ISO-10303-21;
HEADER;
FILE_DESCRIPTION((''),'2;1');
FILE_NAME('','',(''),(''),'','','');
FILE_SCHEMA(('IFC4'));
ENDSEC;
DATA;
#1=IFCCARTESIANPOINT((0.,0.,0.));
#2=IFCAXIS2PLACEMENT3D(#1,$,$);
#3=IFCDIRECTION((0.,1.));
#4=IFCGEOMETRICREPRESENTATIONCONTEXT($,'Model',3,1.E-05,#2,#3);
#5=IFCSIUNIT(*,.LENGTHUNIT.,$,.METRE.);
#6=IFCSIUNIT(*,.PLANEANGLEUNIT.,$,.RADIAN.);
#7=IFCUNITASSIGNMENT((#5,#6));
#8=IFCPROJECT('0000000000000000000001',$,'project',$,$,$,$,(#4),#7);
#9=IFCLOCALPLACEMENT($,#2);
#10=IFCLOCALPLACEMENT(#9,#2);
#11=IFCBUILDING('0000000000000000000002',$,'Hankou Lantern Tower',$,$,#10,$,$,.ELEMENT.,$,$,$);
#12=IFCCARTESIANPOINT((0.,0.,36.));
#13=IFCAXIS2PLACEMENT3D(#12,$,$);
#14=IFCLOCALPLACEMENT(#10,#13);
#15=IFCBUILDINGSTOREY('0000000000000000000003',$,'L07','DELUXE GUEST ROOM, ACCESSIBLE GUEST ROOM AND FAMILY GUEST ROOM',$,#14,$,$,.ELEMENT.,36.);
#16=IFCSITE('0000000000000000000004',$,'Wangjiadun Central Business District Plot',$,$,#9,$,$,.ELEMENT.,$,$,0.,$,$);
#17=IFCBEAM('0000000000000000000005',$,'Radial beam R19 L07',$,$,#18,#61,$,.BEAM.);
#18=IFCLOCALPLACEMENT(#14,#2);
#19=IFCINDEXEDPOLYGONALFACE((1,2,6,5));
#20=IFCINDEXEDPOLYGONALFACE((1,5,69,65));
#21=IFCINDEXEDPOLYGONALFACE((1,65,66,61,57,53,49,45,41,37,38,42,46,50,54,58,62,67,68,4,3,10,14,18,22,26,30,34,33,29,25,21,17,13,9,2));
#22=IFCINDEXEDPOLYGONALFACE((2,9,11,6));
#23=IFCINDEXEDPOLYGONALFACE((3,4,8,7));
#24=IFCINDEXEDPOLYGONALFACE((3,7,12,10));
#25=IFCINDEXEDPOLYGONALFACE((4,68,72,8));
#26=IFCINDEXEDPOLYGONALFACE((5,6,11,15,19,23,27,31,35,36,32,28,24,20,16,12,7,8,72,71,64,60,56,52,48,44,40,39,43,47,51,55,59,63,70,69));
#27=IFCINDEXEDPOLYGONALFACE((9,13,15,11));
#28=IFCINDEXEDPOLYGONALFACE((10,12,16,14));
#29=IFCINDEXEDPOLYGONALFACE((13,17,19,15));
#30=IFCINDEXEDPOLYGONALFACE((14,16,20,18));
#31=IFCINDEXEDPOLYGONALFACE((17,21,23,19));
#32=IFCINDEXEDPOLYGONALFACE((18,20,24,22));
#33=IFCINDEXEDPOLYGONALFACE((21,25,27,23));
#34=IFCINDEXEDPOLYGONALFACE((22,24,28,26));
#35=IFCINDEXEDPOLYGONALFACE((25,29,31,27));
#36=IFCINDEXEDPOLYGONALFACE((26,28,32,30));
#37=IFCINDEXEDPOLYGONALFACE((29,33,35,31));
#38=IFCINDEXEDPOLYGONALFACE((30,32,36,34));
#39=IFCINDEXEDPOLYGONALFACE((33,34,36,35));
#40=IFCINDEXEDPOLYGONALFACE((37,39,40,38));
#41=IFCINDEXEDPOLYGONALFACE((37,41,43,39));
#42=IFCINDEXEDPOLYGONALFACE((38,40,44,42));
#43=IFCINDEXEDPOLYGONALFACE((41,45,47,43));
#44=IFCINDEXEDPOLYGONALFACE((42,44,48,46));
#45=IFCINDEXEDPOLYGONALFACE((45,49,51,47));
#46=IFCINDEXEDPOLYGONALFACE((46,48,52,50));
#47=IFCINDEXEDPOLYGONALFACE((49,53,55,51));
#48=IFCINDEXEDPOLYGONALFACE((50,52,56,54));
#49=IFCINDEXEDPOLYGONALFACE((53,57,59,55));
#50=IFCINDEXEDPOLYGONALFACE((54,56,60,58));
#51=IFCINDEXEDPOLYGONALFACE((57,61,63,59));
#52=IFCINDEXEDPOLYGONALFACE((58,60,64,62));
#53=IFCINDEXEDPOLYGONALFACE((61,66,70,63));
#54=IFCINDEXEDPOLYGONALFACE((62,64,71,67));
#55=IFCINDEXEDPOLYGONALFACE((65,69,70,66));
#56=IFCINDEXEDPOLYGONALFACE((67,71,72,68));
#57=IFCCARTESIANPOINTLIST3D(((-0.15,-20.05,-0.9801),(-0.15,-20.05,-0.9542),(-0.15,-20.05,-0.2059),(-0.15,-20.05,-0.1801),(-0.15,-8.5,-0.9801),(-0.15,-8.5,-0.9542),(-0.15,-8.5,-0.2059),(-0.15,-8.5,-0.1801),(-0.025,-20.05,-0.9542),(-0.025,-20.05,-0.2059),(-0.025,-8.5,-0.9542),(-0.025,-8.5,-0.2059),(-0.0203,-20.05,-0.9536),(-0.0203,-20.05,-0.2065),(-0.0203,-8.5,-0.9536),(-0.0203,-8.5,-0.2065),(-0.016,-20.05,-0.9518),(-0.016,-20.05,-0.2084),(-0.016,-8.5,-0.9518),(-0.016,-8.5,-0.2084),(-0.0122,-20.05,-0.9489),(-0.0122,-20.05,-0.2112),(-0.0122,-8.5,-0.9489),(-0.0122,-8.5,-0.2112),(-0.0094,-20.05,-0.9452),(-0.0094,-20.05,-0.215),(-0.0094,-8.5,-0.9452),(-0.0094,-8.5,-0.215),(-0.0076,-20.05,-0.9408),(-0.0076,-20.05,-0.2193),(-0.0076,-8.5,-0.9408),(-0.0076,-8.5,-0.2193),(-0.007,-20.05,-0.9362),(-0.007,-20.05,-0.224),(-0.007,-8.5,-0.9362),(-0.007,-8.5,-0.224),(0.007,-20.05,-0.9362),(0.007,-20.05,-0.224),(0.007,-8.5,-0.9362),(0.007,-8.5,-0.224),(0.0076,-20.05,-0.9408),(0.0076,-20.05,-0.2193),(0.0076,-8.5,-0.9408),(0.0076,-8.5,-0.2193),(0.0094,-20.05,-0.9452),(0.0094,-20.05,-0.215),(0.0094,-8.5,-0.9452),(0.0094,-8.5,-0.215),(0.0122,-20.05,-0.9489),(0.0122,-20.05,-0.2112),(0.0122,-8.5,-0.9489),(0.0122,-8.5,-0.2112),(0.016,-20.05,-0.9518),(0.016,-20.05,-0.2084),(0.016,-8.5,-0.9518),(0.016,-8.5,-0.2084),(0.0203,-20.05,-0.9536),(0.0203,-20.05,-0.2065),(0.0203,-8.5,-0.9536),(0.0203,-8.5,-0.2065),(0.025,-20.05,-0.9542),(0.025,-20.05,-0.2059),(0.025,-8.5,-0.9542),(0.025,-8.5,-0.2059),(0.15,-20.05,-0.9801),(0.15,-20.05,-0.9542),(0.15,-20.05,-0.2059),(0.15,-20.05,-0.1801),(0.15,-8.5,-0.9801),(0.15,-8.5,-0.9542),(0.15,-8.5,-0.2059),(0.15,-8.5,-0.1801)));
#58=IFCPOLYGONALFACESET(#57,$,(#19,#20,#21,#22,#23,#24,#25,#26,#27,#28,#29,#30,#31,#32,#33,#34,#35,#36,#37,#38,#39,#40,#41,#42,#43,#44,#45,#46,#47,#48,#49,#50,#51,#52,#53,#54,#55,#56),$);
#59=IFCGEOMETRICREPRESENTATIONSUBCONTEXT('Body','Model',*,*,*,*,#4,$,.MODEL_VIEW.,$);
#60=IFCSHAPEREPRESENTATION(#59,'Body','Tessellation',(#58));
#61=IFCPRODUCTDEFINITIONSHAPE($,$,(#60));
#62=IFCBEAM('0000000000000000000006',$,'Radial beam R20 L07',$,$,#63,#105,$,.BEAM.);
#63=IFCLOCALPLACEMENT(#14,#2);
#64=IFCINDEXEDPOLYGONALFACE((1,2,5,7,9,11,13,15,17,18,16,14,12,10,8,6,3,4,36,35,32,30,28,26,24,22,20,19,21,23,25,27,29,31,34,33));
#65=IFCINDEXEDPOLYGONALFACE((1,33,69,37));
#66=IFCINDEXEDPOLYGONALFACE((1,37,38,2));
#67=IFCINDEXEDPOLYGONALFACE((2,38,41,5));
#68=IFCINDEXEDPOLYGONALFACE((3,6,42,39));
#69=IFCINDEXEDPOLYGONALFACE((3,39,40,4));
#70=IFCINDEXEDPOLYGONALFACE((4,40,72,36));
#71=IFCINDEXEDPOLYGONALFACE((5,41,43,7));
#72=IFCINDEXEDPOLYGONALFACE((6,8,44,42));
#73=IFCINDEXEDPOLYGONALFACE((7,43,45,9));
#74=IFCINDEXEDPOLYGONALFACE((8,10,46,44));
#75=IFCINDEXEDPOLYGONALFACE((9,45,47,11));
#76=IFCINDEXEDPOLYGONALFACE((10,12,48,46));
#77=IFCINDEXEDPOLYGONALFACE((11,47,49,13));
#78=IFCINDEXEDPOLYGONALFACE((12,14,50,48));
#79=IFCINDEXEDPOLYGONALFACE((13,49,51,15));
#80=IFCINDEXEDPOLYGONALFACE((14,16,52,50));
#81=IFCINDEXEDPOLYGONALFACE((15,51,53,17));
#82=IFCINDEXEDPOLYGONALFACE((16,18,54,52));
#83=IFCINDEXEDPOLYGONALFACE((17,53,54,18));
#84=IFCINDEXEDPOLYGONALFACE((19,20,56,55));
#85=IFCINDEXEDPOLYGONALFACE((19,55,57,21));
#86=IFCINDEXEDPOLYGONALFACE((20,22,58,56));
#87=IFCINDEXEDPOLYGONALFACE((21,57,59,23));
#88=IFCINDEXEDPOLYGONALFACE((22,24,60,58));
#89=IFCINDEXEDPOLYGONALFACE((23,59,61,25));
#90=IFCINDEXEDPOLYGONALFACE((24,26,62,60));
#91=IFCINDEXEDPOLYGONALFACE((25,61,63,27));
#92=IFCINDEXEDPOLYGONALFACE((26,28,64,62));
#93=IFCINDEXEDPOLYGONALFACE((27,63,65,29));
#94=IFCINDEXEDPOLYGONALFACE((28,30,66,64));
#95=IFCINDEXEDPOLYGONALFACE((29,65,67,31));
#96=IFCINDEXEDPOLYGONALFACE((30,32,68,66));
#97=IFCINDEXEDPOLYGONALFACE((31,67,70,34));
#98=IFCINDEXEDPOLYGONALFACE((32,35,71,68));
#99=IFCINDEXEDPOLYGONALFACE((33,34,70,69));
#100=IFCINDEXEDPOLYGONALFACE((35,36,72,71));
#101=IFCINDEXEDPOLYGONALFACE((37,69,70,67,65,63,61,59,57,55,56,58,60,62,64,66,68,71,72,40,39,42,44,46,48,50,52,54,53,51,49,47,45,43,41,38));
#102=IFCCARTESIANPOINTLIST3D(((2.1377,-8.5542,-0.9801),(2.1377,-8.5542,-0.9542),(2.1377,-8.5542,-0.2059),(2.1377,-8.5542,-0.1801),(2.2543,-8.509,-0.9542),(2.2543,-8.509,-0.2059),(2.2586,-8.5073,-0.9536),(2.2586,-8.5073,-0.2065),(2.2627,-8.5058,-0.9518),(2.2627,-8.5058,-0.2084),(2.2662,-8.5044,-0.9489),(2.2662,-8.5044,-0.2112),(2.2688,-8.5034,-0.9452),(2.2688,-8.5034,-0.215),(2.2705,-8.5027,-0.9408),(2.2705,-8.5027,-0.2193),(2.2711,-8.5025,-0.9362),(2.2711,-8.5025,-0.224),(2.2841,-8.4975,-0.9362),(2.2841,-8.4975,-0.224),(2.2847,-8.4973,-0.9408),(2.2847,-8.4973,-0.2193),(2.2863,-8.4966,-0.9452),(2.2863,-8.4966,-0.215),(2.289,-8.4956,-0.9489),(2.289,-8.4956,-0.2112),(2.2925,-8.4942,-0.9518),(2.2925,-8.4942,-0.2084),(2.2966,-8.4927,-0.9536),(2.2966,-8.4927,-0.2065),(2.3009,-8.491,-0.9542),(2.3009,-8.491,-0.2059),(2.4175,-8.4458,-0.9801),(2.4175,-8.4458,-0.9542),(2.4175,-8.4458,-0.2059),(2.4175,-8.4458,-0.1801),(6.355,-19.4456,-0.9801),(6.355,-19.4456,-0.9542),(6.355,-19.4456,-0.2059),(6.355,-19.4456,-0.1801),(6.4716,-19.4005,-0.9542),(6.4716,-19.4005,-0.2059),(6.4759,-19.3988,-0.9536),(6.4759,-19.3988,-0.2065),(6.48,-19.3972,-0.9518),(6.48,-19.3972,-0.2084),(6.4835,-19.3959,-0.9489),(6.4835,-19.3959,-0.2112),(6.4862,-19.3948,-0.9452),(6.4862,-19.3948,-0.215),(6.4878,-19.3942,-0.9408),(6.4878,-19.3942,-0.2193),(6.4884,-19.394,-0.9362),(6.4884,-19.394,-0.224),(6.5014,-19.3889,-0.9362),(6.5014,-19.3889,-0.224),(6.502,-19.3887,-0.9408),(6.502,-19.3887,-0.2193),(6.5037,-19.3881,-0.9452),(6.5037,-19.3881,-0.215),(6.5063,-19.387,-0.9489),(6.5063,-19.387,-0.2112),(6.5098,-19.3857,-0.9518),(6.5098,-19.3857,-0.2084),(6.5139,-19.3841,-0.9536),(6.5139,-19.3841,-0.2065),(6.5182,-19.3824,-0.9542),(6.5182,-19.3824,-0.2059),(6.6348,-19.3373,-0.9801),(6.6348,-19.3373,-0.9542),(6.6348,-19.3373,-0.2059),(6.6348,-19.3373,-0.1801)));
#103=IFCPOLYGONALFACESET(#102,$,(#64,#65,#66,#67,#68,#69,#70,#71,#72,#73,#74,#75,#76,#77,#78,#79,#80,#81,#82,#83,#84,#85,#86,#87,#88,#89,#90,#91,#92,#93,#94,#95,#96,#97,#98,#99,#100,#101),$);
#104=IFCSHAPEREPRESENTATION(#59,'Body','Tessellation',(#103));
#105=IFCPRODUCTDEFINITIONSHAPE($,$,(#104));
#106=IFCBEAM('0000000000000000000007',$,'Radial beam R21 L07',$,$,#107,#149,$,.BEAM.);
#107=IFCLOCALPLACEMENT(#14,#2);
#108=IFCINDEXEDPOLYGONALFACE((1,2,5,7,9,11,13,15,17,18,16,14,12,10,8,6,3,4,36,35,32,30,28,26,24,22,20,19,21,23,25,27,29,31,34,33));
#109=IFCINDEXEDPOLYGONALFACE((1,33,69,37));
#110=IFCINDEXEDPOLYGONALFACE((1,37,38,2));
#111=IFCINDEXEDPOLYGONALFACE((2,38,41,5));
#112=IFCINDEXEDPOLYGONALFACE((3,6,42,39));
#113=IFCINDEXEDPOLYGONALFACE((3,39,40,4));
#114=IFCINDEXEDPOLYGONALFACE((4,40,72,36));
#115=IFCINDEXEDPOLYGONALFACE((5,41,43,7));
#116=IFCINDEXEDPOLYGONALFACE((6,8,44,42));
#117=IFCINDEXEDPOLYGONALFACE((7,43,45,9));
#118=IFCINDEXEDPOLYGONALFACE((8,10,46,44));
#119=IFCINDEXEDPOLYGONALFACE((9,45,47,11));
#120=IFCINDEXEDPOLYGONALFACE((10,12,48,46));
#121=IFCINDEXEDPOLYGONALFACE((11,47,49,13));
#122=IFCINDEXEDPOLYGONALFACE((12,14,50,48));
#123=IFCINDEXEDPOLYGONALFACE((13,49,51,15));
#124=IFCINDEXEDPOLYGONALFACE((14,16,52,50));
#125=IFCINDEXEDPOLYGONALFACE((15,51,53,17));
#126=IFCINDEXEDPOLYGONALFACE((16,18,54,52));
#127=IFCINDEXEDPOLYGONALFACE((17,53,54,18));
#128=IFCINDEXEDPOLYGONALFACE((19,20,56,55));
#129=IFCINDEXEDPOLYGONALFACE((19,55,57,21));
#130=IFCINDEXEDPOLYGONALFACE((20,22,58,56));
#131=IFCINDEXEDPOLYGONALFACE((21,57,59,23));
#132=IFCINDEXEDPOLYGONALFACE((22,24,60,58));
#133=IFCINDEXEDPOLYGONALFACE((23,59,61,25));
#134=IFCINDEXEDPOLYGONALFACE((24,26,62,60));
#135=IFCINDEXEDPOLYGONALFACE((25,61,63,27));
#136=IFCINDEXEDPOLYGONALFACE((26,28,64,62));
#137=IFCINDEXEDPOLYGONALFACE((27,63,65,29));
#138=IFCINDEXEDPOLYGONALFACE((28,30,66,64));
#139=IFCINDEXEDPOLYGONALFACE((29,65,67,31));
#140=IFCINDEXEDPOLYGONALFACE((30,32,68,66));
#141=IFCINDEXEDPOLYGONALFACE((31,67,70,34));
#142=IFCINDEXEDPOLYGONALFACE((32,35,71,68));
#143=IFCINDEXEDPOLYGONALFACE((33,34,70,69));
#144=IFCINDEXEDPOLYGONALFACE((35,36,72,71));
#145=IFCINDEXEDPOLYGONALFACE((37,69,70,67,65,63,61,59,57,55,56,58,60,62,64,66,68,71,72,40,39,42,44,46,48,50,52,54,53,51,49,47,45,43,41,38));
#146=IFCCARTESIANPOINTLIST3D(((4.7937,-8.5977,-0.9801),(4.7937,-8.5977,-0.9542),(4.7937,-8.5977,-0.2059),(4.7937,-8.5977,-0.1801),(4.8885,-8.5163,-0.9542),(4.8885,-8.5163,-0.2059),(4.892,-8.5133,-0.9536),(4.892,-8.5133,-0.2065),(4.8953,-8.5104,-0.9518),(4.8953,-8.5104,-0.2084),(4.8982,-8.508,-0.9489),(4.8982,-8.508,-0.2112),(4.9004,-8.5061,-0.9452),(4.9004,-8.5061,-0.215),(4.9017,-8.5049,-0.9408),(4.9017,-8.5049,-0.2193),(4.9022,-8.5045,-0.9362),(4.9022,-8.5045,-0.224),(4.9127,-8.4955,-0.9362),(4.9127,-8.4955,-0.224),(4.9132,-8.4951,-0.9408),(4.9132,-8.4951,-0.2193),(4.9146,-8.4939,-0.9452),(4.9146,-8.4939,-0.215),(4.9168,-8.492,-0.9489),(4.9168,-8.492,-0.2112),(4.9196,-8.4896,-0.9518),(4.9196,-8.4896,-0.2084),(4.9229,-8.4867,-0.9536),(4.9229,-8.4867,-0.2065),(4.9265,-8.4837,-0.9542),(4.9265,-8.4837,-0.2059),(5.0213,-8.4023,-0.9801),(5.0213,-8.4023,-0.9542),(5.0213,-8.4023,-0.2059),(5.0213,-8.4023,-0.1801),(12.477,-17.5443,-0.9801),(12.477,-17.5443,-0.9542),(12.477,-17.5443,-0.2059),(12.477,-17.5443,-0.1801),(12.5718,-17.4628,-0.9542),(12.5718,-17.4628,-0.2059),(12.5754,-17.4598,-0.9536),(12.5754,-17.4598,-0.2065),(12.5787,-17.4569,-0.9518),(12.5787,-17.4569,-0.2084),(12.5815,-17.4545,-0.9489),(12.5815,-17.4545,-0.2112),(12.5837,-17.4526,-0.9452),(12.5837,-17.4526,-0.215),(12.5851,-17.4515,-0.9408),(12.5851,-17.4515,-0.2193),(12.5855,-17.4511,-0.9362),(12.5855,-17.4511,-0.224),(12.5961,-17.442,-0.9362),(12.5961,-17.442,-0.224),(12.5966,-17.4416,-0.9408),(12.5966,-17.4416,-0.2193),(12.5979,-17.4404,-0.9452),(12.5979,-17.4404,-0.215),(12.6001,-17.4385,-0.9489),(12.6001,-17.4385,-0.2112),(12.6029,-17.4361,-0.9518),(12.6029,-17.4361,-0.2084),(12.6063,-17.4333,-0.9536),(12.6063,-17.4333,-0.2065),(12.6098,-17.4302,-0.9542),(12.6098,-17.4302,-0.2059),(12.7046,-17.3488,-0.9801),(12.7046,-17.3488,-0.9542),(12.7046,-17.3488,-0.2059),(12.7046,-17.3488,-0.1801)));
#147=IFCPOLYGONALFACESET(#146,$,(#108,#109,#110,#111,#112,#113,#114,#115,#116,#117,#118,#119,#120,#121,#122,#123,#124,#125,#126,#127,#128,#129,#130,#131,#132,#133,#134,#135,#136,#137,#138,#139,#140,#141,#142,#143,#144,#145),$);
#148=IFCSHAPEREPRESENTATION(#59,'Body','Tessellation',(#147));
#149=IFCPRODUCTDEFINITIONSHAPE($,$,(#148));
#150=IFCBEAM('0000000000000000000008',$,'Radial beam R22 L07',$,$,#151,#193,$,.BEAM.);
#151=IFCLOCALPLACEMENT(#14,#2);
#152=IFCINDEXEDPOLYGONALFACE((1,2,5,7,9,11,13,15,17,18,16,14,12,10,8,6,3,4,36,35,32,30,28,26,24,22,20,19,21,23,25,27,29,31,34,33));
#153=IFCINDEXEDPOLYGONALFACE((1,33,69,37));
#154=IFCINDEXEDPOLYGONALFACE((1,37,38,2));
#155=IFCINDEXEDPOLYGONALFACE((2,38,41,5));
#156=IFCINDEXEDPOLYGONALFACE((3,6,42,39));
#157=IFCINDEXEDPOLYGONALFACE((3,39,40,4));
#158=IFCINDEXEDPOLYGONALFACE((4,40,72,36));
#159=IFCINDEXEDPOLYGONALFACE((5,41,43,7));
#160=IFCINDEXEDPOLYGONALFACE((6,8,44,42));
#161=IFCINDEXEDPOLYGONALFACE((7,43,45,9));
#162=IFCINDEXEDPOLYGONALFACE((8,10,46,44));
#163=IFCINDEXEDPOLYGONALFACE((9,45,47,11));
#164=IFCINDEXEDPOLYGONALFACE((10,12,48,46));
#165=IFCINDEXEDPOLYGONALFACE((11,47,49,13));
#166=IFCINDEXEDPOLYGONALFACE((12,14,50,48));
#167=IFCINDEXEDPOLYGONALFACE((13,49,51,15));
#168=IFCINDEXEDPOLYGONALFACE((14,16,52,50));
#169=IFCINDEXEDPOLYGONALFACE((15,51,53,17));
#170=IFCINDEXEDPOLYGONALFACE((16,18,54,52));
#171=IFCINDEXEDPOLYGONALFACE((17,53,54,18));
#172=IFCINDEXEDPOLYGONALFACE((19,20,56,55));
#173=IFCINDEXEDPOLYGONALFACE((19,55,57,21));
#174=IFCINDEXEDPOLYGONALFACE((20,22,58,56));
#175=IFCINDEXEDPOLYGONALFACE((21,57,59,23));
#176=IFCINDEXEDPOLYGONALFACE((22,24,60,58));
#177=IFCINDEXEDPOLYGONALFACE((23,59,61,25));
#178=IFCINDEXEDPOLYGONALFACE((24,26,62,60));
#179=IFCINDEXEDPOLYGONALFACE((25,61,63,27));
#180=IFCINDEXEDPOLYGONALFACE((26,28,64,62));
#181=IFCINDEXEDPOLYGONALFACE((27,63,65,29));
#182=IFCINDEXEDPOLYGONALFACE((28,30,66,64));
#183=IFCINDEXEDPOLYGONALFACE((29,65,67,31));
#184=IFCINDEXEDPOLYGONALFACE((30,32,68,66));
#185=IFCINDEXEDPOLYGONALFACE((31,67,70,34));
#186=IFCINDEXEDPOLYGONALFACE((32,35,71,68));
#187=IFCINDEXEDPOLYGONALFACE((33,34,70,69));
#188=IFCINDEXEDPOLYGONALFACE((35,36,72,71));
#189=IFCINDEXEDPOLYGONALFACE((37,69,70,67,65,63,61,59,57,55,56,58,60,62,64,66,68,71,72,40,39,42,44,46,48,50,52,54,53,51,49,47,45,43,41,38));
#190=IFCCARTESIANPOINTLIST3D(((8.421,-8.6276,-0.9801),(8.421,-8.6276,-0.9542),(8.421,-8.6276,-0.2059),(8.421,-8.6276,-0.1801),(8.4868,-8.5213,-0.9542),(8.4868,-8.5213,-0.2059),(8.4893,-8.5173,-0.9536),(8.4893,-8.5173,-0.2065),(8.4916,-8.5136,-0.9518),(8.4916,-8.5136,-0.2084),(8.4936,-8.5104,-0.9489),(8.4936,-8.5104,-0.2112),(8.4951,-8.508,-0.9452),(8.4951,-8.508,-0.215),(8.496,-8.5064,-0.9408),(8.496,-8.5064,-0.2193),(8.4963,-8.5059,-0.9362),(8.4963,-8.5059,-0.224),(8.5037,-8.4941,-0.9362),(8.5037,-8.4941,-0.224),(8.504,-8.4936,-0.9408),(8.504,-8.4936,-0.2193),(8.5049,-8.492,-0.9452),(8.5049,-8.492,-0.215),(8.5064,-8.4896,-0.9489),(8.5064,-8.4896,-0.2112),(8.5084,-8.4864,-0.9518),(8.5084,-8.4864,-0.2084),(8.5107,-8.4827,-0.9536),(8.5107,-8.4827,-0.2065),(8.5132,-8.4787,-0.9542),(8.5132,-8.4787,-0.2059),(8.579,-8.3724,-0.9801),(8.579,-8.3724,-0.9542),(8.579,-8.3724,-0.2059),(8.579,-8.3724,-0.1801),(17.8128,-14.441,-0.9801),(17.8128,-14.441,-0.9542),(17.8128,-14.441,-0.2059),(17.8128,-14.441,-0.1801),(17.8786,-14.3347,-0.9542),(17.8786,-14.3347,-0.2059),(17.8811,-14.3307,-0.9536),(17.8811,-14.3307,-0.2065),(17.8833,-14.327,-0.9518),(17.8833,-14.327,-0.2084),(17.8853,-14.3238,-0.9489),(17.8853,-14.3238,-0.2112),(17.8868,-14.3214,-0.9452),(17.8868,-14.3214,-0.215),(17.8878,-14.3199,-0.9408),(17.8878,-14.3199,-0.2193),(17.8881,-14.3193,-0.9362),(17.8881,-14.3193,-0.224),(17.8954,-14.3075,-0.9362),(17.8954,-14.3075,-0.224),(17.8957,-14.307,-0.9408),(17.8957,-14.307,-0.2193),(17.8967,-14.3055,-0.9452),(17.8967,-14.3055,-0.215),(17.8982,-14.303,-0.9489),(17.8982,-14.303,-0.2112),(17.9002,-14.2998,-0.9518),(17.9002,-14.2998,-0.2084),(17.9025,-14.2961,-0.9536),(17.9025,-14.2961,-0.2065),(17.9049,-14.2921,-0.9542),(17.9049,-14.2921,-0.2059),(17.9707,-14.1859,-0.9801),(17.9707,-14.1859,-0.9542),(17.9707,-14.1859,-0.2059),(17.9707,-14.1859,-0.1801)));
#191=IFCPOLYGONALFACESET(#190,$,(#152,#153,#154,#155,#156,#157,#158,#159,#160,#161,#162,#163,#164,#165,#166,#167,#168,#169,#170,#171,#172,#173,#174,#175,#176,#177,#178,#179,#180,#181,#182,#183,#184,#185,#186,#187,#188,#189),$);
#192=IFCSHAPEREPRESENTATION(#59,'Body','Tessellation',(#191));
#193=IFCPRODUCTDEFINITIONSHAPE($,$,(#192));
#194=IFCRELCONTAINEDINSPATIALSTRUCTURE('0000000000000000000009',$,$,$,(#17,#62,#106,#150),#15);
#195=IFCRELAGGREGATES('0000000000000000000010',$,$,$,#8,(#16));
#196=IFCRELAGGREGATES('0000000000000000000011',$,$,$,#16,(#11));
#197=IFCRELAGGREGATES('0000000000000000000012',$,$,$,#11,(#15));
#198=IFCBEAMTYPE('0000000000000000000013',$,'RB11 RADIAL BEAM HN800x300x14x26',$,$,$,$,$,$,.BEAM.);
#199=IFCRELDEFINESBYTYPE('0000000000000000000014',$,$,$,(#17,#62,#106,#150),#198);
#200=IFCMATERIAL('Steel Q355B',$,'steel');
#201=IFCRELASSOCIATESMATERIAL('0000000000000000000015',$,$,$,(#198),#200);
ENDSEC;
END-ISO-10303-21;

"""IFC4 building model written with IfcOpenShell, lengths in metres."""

from ifc_helpers import new_model, si_unit, direction, frame, origin, origin_2d, place, context, subcontext, project, spatial, i_section, extrude, material, material_profile, profile_set, type_object, element, save


model = new_model("IFC4")

# Units and contexts
model_context = context("Model", 3, precision=1e-05, world=origin(), true_north=direction((0.0, 1.0)))
body_context = subcontext(model_context, "Body", "Model", "MODEL_VIEW")
ifc_project = project(units=[si_unit("LENGTHUNIT", "METRE"), si_unit("PLANEANGLEUNIT", "RADIAN")], contexts=[model_context])

# Site, building, storey
site_placement = place(None, origin())
site = spatial("IfcSite", under=ifc_project, at=site_placement, Name="Wangjiadun Central Business District Plot", CompositionType="ELEMENT", RefElevation=0.0)
building_placement = place(site_placement, origin())
building = spatial("IfcBuilding", under=site, at=building_placement, Name="Hankou Lantern Tower", CompositionType="ELEMENT")
storey_placement = place(building_placement, frame((0.0, 0.0, 36.0)))
storey = spatial("IfcBuildingStorey", under=building, at=storey_placement, Name="L07", Description="DELUXE GUEST ROOM, ACCESSIBLE GUEST ROOM AND FAMILY GUEST ROOM", CompositionType="ELEMENT", Elevation=36.0)

# Beams
ifc_material_1 = material(Name="Steel Q355B", Category="steel")
ifc_material_profile = material_profile(ifc_material_1, i_section(OverallWidth=0.3, OverallDepth=0.8, WebThickness=0.0139, FlangeThickness=0.0259, FilletRadius=0.0181, at=origin_2d()), Name="HN800x300x14x26")
ifc_profile_set = profile_set([ifc_material_profile], Name="Steel Q355B")
beam_type = type_object("IfcBeamType", Name="RB11 RADIAL BEAM HN800x300x14x26", PredefinedType="BEAM", material=ifc_profile_set)
beam_1_placement = place(storey_placement, frame((0.0, -8.5, -0.5801), z_axis=(0.0, -1.0, 0.0), x_axis=(1.0, 0.0, 0.0)))
element("IfcBeam", 1, at=beam_1_placement, inside=storey, type_object=beam_type, Name="Radial beam R19 L07", PredefinedType="BEAM", context=body_context, shape_type="SweptSolid", body=[
    extrude(i_section(OverallWidth=0.3, OverallDepth=0.8, WebThickness=0.0139, FlangeThickness=0.0259, FilletRadius=0.0181, at=origin_2d()), origin(), (0.0, 0.0, 1.0), 11.55),
])
beam_2_placement = place(storey_placement, frame((2.2776, -8.5, -0.5801), z_axis=(0.361089, -0.932531, 0.0), x_axis=(0.932531, 0.361089, 0.0)))
element("IfcBeam", 2, at=beam_2_placement, inside=storey, type_object=beam_type, Name="Radial beam R20 L07", PredefinedType="BEAM", context=body_context, shape_type="SweptSolid", body=[
    extrude(i_section(OverallWidth=0.3, OverallDepth=0.8, WebThickness=0.0139, FlangeThickness=0.0259, FilletRadius=0.0181, at=origin_2d()), origin(), (0.0, 0.0, 1.0), 11.6794),
])
beam_3_placement = place(storey_placement, frame((4.9075, -8.5, -0.5801), z_axis=(0.651519, -0.758632, 0.0), x_axis=(0.758632, 0.651519, 0.0)))
element("IfcBeam", 3, at=beam_3_placement, inside=storey, type_object=beam_type, Name="Radial beam R21 L07", PredefinedType="BEAM", context=body_context, shape_type="SweptSolid", body=[
    extrude(i_section(OverallWidth=0.3, OverallDepth=0.8, WebThickness=0.0139, FlangeThickness=0.0259, FilletRadius=0.0181, at=origin_2d()), origin(), (0.0, 0.0, 1.0), 11.793),
])
beam_4_placement = place(storey_placement, frame((8.5, -8.5, -0.5801), z_axis=(0.850286, -0.52632, 0.0), x_axis=(0.52632, 0.850286, 0.0)))
element("IfcBeam", 4, at=beam_4_placement, inside=storey, type_object=beam_type, Name="Radial beam R22 L07", PredefinedType="BEAM", context=body_context, shape_type="SweptSolid", body=[
    extrude(i_section(OverallWidth=0.3, OverallDepth=0.8, WebThickness=0.0139, FlangeThickness=0.0259, FilletRadius=0.0181, at=origin_2d()), origin(), (0.0, 0.0, 1.0), 11.0454),
])

save(model, "model.ifc")
